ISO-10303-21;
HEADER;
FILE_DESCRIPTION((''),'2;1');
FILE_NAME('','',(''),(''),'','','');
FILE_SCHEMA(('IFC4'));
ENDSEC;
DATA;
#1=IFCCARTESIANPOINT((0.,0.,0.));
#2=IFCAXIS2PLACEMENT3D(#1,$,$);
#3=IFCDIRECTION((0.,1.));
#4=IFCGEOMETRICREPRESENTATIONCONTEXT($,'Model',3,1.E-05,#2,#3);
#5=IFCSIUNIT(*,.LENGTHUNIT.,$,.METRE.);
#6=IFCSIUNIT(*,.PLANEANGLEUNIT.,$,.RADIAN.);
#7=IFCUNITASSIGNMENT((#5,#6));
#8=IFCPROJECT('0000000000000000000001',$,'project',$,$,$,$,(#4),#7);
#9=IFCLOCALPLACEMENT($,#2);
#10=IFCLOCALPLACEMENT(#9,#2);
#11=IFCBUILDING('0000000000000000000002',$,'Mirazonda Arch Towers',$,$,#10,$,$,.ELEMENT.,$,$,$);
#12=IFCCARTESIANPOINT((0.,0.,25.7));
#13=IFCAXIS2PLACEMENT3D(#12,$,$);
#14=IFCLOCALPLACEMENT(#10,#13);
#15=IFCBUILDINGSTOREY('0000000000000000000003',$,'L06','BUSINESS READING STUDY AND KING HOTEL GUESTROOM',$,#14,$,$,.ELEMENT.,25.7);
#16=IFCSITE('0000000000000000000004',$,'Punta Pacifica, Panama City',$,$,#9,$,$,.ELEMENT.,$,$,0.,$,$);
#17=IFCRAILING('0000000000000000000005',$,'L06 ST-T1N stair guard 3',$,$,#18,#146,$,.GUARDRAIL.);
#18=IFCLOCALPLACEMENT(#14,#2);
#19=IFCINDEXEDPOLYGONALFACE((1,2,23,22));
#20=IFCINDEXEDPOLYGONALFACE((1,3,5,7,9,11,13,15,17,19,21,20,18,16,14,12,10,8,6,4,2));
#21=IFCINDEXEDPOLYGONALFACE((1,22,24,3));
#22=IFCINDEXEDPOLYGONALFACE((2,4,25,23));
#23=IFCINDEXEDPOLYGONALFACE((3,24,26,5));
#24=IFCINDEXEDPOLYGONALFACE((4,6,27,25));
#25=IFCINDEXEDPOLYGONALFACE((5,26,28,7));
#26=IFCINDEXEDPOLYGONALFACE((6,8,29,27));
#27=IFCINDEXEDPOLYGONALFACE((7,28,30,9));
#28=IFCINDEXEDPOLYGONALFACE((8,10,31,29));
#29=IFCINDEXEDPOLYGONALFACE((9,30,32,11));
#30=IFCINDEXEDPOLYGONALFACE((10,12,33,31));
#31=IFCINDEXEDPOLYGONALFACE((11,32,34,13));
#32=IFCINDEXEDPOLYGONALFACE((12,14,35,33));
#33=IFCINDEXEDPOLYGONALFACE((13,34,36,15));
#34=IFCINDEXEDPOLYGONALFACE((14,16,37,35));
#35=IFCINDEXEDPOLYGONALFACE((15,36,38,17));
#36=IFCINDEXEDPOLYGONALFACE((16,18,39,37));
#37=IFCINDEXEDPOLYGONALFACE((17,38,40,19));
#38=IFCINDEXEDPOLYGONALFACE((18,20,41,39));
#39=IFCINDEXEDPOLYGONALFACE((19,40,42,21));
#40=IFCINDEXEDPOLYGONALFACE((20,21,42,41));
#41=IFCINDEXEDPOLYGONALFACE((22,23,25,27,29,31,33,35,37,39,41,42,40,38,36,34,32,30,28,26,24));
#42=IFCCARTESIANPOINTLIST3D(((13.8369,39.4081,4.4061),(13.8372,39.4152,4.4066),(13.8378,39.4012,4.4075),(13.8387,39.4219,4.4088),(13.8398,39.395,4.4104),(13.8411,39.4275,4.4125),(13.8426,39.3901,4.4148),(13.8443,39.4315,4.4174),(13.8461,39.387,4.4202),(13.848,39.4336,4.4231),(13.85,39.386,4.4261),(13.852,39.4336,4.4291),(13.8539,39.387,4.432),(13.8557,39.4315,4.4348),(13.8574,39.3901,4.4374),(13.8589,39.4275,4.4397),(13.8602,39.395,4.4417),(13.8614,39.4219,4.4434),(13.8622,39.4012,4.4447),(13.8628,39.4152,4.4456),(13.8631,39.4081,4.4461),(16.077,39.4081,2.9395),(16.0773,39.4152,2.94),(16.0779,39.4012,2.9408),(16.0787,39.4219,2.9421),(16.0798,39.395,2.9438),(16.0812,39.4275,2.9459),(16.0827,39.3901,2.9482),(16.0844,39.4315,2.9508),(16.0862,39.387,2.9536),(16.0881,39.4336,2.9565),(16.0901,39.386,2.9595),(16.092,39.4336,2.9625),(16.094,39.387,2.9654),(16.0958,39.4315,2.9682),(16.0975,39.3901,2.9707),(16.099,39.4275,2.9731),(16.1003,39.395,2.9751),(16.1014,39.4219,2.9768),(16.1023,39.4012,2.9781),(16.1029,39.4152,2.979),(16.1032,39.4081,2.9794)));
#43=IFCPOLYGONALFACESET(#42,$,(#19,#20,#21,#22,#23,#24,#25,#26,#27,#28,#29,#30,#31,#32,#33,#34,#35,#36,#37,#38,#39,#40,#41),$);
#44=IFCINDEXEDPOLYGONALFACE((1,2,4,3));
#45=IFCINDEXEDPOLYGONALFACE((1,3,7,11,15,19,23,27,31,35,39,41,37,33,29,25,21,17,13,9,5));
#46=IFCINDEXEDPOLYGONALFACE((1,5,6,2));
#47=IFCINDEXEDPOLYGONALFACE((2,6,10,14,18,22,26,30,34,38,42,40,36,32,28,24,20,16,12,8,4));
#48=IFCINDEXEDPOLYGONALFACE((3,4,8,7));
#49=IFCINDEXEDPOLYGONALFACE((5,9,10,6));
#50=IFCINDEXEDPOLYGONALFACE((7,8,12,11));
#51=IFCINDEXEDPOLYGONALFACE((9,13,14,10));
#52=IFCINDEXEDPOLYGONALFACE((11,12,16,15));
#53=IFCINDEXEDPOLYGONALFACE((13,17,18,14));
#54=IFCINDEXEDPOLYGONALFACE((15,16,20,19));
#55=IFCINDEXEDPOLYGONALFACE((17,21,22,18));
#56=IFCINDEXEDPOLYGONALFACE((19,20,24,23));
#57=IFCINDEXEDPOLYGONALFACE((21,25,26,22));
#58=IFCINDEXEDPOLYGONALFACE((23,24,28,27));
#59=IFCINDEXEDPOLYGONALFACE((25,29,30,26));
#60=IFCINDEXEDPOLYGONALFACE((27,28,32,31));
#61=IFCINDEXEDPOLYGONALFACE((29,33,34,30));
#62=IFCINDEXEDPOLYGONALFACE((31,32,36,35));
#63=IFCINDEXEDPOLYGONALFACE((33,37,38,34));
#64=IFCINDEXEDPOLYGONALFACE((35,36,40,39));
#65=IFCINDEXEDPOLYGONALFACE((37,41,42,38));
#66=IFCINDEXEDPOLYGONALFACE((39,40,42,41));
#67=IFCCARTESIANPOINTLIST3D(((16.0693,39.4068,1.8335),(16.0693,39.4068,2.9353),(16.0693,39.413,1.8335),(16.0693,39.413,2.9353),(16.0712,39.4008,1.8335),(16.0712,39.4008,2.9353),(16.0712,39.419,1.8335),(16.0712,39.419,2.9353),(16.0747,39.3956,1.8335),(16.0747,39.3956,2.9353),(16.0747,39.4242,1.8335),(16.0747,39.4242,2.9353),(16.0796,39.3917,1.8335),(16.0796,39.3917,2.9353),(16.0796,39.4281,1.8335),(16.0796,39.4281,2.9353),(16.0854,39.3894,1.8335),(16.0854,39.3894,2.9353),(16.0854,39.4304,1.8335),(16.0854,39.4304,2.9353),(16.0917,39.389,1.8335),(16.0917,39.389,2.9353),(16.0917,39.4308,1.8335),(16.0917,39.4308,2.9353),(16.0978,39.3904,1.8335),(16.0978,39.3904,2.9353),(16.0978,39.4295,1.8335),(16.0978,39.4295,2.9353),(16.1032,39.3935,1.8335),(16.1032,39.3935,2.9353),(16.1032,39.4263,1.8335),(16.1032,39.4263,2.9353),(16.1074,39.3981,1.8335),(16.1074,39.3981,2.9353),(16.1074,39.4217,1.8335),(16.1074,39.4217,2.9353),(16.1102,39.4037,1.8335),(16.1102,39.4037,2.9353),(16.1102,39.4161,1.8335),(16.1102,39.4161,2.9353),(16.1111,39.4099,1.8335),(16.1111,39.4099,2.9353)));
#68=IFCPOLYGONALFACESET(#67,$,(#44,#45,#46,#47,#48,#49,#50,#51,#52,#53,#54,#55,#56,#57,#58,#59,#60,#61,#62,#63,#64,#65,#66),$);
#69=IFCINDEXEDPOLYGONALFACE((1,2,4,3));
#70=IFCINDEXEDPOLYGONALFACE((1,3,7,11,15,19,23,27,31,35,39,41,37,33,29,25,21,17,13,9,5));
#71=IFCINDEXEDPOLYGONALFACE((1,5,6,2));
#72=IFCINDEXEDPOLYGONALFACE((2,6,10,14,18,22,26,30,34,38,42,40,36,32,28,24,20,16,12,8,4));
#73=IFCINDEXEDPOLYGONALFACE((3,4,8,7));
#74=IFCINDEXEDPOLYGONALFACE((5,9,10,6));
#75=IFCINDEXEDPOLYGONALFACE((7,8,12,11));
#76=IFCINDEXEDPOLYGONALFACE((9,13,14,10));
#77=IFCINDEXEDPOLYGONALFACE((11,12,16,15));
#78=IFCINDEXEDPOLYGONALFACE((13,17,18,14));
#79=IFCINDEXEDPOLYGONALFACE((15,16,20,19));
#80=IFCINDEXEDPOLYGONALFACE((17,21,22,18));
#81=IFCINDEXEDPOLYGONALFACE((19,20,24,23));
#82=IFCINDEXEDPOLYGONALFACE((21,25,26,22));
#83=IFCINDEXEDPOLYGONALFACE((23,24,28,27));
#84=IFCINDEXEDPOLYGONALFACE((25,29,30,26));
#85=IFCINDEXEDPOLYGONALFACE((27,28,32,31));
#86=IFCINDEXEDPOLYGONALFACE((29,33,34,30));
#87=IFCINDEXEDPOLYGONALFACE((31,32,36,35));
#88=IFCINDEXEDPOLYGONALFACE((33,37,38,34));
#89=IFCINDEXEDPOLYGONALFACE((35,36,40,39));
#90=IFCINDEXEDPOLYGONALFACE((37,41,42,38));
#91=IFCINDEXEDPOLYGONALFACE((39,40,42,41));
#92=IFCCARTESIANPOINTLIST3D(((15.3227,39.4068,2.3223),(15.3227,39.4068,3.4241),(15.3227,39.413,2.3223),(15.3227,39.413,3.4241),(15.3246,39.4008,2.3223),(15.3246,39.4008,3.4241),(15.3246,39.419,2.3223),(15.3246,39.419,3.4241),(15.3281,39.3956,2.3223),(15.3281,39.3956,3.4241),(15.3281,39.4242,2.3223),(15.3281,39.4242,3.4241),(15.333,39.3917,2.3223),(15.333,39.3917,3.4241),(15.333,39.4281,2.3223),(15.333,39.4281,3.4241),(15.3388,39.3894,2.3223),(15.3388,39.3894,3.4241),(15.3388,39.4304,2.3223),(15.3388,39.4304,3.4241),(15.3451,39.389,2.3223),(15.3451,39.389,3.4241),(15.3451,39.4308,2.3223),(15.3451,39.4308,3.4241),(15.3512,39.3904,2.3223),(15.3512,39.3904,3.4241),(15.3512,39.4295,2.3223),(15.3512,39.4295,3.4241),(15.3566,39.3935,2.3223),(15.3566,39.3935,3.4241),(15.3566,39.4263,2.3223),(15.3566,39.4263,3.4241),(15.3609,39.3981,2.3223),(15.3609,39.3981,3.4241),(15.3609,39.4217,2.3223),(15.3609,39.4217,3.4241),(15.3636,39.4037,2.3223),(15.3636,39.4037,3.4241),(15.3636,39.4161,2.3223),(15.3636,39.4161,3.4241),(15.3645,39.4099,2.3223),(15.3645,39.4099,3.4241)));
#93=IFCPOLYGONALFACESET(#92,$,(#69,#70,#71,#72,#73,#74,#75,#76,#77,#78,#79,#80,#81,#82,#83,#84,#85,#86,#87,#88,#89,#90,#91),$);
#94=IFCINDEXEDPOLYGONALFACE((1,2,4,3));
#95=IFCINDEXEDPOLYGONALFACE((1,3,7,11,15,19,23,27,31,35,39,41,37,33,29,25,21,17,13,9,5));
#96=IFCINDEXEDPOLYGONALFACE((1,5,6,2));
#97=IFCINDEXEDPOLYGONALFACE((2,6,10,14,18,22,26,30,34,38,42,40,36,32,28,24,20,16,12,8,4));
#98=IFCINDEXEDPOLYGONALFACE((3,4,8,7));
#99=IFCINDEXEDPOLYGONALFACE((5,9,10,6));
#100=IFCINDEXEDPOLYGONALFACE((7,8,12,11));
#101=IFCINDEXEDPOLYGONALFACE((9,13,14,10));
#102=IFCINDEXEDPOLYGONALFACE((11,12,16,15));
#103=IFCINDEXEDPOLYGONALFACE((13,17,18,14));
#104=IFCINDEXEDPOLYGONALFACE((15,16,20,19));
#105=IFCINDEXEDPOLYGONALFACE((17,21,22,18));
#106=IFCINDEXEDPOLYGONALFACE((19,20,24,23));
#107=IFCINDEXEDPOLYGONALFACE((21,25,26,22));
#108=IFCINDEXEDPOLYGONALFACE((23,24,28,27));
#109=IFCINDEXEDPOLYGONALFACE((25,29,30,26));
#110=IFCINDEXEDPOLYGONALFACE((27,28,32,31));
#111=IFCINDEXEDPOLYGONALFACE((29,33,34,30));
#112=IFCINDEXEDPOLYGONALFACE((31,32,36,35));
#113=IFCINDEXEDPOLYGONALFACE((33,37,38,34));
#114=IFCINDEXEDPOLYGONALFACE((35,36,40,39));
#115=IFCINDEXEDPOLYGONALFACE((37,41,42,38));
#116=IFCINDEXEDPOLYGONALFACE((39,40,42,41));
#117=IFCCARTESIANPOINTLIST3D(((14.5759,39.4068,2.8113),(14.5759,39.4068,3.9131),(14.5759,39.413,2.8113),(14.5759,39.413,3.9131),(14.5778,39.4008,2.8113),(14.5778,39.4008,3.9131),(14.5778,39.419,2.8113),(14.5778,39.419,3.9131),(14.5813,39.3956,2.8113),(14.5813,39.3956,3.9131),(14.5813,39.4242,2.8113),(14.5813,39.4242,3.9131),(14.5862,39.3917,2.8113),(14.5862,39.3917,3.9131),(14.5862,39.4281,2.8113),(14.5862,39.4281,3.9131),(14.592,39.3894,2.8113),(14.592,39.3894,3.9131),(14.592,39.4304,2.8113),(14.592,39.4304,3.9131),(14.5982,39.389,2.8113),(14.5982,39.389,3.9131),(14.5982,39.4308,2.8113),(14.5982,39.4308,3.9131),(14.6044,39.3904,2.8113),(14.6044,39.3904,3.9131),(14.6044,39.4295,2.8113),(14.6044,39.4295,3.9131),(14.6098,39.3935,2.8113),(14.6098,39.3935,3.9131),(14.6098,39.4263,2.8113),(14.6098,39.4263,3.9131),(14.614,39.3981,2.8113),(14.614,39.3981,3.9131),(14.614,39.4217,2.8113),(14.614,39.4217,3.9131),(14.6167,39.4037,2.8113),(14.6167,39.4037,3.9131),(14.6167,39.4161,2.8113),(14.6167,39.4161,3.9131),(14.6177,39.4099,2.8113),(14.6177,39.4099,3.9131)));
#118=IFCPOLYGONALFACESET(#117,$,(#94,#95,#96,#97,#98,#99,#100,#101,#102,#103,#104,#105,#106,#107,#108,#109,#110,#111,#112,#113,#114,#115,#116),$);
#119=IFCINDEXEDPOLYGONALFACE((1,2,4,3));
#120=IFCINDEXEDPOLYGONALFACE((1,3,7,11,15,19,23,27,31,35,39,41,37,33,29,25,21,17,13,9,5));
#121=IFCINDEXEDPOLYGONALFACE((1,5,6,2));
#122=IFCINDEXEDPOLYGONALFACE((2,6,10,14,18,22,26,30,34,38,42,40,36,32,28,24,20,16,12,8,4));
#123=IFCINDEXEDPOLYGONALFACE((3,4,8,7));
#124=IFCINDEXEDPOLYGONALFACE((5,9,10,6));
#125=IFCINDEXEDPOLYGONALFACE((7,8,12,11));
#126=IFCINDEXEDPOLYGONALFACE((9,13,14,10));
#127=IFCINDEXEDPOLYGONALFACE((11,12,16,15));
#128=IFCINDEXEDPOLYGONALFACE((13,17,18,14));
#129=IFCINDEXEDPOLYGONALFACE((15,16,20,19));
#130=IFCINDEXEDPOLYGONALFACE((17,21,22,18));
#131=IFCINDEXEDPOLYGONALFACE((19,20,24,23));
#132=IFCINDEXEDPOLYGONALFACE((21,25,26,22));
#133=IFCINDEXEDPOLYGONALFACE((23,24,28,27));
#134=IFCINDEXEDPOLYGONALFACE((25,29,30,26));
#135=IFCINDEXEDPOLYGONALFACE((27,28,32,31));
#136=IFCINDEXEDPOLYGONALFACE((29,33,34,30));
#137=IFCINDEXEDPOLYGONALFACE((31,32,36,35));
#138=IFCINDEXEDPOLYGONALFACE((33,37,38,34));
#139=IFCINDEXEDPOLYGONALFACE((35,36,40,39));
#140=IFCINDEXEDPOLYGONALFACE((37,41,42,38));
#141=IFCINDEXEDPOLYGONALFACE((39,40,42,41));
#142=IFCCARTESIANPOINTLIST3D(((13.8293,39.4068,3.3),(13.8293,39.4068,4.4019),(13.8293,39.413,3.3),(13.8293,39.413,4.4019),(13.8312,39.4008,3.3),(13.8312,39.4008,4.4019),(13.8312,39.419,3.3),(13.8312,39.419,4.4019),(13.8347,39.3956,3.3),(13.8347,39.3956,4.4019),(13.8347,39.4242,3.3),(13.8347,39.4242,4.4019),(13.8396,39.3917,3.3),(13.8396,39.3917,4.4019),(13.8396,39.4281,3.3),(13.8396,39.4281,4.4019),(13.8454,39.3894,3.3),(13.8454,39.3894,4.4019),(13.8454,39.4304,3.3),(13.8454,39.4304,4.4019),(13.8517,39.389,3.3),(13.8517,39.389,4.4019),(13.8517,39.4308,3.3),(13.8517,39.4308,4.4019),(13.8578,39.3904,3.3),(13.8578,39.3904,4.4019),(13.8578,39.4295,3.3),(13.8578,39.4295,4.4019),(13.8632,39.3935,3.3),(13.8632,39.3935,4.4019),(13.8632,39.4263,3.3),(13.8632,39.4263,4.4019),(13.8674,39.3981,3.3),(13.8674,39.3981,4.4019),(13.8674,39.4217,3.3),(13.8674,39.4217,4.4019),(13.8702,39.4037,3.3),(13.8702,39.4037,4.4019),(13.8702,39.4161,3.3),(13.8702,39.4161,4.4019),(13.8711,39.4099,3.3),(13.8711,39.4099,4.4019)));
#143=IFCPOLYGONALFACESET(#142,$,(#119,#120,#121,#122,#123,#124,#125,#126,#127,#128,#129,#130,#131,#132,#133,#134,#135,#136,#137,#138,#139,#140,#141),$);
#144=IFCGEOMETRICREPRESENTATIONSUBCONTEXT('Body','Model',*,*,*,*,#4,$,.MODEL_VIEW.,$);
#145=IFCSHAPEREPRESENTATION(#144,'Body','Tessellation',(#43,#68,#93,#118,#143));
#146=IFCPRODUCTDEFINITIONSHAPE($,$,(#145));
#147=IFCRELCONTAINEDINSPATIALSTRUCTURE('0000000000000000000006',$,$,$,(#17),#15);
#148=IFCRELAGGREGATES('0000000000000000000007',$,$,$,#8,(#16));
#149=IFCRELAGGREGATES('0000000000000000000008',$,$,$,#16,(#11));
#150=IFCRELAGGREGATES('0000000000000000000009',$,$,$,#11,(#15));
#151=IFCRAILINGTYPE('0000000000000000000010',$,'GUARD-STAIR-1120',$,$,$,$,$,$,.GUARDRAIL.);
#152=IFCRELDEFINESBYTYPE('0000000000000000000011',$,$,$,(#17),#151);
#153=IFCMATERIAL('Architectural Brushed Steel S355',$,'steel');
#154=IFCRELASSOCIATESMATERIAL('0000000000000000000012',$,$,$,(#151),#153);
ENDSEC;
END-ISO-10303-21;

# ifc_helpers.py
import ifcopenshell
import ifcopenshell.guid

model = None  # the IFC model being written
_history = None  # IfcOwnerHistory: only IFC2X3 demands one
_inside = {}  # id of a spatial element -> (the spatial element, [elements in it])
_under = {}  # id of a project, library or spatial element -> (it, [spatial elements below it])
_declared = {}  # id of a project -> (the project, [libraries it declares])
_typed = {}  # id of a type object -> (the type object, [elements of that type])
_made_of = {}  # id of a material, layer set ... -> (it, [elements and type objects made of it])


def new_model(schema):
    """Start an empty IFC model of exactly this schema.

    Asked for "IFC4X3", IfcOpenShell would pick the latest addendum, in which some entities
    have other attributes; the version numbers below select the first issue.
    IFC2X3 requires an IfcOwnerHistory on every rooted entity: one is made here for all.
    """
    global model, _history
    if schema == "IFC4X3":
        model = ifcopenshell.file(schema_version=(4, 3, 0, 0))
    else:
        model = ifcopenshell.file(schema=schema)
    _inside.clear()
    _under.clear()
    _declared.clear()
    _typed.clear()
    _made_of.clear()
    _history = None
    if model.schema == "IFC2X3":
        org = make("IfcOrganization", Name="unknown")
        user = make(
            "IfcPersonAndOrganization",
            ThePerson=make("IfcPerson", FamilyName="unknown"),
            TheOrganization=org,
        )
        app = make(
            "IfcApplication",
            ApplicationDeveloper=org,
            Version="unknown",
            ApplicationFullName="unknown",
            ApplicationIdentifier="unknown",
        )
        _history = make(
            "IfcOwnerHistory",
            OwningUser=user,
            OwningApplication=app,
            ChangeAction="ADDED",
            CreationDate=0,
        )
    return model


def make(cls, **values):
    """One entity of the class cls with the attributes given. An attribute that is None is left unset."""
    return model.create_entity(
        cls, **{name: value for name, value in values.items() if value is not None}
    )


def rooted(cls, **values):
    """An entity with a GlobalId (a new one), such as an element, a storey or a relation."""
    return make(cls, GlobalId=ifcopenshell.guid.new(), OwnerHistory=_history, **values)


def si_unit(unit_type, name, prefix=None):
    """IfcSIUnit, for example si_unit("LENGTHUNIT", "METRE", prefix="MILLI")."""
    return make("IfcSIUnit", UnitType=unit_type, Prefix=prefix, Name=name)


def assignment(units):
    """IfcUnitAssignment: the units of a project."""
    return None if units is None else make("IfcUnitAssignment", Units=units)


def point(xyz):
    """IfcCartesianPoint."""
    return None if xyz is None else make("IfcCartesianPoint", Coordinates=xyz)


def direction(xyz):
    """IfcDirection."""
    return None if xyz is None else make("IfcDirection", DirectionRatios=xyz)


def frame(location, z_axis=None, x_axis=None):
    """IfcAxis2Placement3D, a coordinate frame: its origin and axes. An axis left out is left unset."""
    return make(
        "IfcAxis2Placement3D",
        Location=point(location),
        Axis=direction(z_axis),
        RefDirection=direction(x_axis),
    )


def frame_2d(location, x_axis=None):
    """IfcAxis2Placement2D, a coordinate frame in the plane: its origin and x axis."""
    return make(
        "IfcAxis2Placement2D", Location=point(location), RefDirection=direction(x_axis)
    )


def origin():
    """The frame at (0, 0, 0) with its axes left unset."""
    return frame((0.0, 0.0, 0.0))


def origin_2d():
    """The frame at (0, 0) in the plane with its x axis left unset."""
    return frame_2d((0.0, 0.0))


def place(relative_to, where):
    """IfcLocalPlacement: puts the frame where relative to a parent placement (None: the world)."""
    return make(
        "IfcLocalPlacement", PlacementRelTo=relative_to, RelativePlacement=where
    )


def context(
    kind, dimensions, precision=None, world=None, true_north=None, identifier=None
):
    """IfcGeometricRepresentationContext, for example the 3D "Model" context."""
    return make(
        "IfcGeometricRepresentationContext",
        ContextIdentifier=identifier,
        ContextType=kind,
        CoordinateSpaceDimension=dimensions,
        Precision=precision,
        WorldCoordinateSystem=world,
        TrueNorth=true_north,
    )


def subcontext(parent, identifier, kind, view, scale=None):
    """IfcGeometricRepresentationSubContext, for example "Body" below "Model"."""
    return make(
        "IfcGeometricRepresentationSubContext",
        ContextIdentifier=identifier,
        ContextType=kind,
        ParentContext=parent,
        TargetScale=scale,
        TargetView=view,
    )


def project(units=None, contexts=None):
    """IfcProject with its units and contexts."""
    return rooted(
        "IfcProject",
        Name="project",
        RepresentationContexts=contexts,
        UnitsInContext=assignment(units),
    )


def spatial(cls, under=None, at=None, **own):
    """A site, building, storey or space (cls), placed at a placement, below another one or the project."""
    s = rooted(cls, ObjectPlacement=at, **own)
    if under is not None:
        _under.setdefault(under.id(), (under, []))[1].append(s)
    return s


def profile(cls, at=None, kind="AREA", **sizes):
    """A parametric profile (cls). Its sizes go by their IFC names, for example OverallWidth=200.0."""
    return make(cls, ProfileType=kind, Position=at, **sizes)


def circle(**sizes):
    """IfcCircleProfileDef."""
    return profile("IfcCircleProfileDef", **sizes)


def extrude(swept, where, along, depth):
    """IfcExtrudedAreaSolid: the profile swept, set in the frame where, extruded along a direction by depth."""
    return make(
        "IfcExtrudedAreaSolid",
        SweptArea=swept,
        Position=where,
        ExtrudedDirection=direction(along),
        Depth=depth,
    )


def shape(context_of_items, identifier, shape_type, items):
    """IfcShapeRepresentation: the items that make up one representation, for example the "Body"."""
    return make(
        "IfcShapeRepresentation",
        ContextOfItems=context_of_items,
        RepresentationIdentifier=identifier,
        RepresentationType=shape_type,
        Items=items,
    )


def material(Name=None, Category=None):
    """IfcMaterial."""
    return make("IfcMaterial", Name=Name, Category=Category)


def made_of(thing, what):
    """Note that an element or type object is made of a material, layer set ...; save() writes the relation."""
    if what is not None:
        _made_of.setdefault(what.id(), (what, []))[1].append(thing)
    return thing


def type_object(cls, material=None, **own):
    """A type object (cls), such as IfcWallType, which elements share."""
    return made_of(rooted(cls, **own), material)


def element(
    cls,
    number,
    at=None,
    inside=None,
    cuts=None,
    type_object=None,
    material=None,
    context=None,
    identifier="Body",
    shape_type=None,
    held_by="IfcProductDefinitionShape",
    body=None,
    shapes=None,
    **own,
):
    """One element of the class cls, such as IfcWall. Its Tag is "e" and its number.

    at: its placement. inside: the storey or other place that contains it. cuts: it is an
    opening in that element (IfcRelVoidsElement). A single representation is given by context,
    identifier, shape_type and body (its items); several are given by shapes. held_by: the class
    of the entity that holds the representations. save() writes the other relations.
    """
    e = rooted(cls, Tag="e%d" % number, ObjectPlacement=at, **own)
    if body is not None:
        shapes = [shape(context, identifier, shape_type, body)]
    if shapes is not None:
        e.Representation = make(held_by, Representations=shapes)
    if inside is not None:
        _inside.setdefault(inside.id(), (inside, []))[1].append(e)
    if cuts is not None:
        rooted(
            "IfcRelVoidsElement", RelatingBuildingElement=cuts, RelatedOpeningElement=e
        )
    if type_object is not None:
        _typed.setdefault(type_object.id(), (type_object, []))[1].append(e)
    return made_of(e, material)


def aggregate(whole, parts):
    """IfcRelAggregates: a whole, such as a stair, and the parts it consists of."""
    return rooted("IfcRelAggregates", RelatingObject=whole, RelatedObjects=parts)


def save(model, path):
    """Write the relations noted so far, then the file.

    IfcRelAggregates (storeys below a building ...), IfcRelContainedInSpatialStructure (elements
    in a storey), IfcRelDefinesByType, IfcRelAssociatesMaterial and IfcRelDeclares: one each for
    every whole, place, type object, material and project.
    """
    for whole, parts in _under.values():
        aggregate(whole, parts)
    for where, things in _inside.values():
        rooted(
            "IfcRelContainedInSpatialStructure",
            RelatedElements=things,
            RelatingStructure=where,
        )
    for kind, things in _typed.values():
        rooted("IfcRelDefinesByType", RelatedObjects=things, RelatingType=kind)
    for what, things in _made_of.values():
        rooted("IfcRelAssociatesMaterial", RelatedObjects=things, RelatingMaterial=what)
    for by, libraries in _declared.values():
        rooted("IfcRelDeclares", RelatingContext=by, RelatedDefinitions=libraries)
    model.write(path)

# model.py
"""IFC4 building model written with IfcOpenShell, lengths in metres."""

from ifc_helpers import new_model, si_unit, direction, frame, origin, origin_2d, place, context, subcontext, project, spatial, circle, extrude, material, type_object, element, save


model = new_model("IFC4")

# Units and contexts
model_context = context("Model", 3, precision=1e-05, world=origin(), true_north=direction((0.0, 1.0)))
body_context = subcontext(model_context, "Body", "Model", "MODEL_VIEW")
ifc_project = project(units=[si_unit("LENGTHUNIT", "METRE"), si_unit("PLANEANGLEUNIT", "RADIAN")], contexts=[model_context])

# Site, building, storey
site_placement = place(None, origin())
site = spatial("IfcSite", under=ifc_project, at=site_placement, Name="Punta Pacifica, Panama City", CompositionType="ELEMENT", RefElevation=0.0)
building_placement = place(site_placement, origin())
building = spatial("IfcBuilding", under=site, at=building_placement, Name="Mirazonda Arch Towers", CompositionType="ELEMENT")
storey_placement = place(building_placement, frame((0.0, 0.0, 25.7)))
storey = spatial("IfcBuildingStorey", under=building, at=storey_placement, Name="L06", Description="BUSINESS READING STUDY AND KING HOTEL GUESTROOM", CompositionType="ELEMENT", Elevation=25.7)

# Shared definitions
ifc_material_1 = material(Name="Architectural Brushed Steel S355", Category="steel")

# Railing
railing_type_1 = type_object("IfcRailingType", Name="GUARD-STAIR-1120", PredefinedType="GUARDRAIL", material=ifc_material_1)
railing_1_placement = place(storey_placement, frame((16.0901, 39.4099, 1.8335)))
element("IfcRailing", 1, at=railing_1_placement, inside=storey, type_object=railing_type_1, Name="L06 ST-T1N stair guard 3", PredefinedType="GUARDRAIL", context=body_context, shape_type="SweptSolid", body=[
    extrude(circle(Radius=0.0239, at=origin_2d()), frame((0.0, 0.0, 1.126), z_axis=(-0.836637, 0.0, 0.547758), x_axis=(0.0, -1.0, 0.0)), (0.0, 0.0, 1.0), 2.6775),
    extrude(circle(Radius=0.021, at=origin_2d()), origin(), (0.0, 0.0, 1.0), 1.1018),
    extrude(circle(Radius=0.021, at=origin_2d()), frame((-0.7466, 0.0, 0.4888)), (0.0, 0.0, 1.0), 1.1018),
    extrude(circle(Radius=0.021, at=origin_2d()), frame((-1.4934, 0.0, 0.9778)), (0.0, 0.0, 1.0), 1.1018),
    extrude(circle(Radius=0.021, at=origin_2d()), frame((-2.24, 0.0, 1.4666)), (0.0, 0.0, 1.0), 1.1018),
])

save(model, "model.ifc")
